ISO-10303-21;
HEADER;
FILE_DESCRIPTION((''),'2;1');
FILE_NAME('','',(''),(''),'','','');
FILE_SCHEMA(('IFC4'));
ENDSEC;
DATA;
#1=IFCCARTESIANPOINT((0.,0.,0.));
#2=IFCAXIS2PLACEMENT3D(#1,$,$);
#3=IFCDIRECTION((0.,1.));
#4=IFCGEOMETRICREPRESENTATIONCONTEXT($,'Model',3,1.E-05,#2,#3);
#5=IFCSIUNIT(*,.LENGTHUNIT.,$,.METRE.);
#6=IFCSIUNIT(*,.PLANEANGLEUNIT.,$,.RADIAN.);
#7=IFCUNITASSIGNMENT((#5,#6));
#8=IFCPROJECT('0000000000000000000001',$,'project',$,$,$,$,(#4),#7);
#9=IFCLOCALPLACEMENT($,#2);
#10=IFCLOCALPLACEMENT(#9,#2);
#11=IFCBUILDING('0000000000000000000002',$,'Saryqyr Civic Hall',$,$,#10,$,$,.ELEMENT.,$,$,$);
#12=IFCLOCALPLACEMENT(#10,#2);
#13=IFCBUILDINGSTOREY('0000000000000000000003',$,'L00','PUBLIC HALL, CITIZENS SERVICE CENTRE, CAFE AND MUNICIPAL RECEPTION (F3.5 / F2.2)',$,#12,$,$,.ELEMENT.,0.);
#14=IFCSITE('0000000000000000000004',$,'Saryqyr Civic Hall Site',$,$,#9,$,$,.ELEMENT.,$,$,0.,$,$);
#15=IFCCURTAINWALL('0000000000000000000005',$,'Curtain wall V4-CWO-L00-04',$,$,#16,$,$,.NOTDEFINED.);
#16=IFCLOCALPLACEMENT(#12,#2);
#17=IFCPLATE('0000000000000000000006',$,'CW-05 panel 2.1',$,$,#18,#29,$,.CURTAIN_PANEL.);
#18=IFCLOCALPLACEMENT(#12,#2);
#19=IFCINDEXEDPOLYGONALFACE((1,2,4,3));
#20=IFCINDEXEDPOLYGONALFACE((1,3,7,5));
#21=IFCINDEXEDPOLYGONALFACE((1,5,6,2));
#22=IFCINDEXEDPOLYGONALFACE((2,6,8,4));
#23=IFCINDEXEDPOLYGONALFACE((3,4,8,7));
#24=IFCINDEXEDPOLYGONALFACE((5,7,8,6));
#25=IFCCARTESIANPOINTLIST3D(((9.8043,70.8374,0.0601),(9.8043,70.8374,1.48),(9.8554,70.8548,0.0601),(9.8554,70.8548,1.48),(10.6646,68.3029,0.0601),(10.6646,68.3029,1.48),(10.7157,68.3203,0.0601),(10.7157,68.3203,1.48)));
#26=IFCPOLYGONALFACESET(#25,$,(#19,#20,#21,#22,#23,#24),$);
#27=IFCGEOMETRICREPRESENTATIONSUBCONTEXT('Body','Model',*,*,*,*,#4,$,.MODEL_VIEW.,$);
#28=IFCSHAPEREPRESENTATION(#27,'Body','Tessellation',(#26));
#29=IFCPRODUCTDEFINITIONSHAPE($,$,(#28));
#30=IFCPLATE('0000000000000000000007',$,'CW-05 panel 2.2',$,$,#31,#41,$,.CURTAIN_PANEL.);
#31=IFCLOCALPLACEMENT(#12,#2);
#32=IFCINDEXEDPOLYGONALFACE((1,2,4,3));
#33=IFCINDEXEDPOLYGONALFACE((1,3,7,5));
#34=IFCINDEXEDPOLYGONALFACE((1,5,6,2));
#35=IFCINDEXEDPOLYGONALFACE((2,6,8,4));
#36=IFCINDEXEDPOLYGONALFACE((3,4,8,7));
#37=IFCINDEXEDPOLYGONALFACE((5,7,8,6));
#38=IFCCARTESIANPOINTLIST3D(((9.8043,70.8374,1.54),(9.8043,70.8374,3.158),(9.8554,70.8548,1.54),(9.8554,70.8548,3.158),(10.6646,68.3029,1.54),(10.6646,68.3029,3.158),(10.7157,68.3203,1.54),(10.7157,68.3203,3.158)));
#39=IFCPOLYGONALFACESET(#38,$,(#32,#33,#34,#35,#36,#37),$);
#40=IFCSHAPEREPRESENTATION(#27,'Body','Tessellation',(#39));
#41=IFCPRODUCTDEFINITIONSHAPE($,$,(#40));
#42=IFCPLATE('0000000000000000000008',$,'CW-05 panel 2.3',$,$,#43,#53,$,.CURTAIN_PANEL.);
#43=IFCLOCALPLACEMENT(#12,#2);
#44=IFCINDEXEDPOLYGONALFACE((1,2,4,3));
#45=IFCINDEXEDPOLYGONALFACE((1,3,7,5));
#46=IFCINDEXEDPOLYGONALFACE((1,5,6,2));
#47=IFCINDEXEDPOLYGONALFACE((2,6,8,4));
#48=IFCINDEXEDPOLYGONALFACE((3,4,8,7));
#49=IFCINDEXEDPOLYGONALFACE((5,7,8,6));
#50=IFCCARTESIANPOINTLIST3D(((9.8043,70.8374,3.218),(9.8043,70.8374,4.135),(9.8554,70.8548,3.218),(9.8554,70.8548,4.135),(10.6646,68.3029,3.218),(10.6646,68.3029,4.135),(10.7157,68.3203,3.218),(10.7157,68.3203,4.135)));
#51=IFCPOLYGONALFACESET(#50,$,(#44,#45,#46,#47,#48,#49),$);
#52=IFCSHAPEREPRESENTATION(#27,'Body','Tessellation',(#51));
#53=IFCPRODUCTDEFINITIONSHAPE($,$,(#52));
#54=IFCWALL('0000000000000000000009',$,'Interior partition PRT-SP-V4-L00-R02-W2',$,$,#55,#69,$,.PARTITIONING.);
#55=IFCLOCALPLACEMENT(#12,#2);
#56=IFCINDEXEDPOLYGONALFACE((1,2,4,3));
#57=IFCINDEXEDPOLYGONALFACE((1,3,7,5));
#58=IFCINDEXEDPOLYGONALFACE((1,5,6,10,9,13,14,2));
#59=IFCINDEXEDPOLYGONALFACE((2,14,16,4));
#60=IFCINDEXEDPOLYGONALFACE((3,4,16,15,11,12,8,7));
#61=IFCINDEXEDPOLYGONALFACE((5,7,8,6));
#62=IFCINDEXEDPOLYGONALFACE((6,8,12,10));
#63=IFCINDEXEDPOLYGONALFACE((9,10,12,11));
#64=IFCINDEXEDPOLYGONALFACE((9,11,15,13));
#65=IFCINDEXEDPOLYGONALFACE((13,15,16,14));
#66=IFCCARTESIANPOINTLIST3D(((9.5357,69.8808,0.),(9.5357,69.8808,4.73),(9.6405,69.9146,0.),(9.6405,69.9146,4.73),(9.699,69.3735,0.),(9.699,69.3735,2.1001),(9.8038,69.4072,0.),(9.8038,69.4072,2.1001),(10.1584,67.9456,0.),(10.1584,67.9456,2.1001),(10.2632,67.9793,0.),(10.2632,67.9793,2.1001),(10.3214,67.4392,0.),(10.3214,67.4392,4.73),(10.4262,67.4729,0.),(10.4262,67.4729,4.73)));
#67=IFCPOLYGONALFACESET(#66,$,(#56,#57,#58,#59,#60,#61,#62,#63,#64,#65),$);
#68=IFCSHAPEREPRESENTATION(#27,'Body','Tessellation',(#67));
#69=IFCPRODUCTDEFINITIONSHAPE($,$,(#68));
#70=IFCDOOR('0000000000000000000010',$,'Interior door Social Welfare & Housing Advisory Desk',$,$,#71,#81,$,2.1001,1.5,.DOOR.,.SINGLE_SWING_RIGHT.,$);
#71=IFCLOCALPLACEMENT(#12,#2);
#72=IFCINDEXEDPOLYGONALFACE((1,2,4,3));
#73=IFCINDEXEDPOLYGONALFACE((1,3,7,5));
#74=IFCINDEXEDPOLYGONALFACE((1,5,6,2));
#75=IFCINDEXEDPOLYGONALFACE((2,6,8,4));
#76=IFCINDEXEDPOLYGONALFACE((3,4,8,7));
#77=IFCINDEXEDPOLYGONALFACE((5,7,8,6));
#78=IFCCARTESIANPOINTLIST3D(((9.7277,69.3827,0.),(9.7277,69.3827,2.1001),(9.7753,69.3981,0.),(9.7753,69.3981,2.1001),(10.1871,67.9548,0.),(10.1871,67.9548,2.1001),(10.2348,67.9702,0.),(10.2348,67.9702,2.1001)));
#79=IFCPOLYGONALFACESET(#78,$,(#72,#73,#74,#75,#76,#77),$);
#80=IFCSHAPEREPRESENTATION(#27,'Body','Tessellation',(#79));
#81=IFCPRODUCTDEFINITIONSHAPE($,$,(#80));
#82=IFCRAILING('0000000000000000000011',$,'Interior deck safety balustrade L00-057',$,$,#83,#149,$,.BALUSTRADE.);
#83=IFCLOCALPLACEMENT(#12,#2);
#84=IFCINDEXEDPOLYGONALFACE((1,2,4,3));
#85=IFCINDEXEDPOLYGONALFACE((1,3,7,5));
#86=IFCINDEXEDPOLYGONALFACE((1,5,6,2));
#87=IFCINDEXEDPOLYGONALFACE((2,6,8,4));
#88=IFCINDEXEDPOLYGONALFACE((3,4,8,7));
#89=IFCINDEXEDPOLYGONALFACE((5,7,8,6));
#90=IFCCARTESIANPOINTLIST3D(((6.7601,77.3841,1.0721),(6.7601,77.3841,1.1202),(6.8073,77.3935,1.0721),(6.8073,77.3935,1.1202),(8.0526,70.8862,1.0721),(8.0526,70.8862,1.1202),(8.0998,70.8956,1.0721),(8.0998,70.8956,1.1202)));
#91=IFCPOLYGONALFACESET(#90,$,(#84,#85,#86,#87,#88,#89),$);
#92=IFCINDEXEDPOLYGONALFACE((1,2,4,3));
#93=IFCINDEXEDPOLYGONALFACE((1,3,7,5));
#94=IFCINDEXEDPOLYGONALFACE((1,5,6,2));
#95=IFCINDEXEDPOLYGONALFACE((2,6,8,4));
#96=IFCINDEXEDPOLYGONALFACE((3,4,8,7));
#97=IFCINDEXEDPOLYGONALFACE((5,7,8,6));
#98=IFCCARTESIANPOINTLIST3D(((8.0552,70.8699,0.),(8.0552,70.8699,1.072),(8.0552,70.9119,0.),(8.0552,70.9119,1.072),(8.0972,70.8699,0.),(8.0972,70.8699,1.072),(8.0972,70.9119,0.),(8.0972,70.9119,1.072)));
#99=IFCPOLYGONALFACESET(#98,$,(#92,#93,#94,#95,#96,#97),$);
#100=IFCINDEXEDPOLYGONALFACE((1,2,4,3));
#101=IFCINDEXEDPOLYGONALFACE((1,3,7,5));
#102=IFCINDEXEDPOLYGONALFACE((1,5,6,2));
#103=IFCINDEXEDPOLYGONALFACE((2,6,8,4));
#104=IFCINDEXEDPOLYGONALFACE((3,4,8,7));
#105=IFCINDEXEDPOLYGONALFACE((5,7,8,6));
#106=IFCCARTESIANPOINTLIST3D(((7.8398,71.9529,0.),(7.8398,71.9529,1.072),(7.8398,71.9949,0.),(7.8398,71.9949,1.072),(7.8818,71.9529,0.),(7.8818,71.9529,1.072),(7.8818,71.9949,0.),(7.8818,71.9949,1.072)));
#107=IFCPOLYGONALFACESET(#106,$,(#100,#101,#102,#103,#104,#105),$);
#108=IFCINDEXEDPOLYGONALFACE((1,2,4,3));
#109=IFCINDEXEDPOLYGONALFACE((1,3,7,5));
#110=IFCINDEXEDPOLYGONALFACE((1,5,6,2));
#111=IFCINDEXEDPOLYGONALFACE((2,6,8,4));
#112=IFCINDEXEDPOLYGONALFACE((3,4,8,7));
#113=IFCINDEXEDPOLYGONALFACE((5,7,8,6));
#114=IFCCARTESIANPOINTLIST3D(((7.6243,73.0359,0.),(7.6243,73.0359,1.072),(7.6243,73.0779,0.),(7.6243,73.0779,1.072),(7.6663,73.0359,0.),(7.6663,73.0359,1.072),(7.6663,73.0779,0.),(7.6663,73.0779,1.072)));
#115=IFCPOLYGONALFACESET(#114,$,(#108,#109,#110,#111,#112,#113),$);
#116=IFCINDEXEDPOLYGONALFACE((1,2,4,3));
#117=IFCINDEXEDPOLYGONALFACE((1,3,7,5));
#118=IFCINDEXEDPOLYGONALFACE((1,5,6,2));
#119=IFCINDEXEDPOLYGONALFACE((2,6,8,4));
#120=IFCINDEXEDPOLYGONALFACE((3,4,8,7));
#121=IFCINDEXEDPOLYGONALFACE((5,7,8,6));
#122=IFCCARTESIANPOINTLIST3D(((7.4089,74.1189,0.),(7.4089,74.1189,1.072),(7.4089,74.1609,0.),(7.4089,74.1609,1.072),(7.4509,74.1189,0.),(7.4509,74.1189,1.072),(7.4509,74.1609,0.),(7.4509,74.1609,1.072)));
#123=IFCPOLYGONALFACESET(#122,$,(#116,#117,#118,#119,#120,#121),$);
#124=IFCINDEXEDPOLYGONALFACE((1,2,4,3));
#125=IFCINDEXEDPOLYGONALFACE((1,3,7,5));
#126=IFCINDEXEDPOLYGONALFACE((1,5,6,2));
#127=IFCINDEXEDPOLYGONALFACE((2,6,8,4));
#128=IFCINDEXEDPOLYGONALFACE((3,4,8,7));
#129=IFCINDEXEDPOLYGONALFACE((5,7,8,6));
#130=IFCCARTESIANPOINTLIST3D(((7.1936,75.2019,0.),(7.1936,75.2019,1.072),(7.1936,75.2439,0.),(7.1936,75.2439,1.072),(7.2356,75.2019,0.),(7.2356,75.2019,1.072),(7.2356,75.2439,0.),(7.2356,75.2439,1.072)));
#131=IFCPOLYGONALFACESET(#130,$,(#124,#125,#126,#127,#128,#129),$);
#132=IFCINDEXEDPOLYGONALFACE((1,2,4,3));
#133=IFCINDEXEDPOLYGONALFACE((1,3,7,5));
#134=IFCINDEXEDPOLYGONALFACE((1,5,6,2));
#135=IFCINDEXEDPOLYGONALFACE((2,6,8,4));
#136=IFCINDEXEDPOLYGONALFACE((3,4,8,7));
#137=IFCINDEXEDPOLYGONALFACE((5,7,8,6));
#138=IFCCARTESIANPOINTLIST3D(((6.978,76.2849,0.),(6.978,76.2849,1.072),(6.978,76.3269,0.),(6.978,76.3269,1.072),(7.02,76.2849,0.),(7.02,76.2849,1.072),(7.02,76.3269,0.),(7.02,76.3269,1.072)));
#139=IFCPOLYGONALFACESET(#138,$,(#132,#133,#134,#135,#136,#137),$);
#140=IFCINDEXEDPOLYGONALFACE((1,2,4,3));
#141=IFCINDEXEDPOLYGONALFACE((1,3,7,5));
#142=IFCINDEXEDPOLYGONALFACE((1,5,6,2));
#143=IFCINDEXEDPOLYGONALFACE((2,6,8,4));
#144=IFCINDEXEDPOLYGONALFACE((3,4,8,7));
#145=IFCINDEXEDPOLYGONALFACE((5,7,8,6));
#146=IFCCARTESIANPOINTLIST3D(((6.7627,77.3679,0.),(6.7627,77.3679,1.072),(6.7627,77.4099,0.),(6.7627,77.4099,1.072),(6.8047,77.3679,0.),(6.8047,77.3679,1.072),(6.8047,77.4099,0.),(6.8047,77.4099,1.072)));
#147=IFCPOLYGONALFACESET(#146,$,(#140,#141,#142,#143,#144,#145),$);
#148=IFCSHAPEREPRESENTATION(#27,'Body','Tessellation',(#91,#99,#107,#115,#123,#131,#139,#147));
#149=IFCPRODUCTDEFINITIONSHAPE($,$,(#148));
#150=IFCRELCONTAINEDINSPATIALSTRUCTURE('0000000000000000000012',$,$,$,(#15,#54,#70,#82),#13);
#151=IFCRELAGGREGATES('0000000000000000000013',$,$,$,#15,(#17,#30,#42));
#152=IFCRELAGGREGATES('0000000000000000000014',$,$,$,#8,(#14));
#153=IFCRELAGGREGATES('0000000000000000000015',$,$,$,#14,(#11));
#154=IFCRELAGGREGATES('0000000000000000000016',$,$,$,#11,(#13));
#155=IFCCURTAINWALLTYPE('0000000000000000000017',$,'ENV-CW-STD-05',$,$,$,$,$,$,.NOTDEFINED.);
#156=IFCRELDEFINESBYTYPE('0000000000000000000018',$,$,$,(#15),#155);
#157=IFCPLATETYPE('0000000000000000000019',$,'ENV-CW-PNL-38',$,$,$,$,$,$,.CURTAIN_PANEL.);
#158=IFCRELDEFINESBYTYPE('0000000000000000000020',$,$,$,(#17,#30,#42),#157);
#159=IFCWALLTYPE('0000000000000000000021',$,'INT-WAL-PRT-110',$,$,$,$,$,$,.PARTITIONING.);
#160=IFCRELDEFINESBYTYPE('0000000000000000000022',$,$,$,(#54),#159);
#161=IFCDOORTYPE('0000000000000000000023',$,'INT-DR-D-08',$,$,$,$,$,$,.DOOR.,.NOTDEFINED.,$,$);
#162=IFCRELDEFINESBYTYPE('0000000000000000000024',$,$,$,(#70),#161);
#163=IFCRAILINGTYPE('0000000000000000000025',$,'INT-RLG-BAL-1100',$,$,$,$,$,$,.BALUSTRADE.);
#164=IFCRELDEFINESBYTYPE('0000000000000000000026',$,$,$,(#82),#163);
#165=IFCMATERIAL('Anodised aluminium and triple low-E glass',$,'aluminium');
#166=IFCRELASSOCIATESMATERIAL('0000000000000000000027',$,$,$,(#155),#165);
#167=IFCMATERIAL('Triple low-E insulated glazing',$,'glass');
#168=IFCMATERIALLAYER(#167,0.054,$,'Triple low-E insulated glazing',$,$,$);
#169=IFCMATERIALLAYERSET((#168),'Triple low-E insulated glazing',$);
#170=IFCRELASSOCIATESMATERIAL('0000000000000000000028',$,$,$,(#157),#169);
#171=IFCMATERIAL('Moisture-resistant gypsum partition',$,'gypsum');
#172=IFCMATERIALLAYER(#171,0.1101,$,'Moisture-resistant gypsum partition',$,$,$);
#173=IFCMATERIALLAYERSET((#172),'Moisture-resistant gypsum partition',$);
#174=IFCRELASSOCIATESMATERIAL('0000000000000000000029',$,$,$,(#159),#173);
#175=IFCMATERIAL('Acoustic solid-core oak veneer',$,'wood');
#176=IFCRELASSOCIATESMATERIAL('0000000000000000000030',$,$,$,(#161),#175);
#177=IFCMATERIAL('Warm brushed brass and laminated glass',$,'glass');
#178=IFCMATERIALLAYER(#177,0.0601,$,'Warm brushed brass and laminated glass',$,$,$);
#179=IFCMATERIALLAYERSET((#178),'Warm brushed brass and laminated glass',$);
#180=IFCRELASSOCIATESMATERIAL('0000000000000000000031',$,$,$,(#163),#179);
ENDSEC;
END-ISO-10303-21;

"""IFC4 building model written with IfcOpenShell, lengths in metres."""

from ifc_helpers import new_model, si_unit, direction, frame, frame_2d, origin, origin_2d, place, context, subcontext, project, spatial, rectangle, extrude, material, layer, layer_set, type_object, element, fill, aggregate, save


model = new_model("IFC4")

# Units and contexts
model_context = context("Model", 3, precision=1e-05, world=origin(), true_north=direction((0.0, 1.0)))
body_context = subcontext(model_context, "Body", "Model", "MODEL_VIEW")
ifc_project = project(units=[si_unit("LENGTHUNIT", "METRE"), si_unit("PLANEANGLEUNIT", "RADIAN")], contexts=[model_context])

# Site, building, storey
site_placement = place(None, origin())
site = spatial("IfcSite", under=ifc_project, at=site_placement, Name="Saryqyr Civic Hall Site", CompositionType="ELEMENT", RefElevation=0.0)
building_placement = place(site_placement, origin())
building = spatial("IfcBuilding", under=site, at=building_placement, Name="Saryqyr Civic Hall", CompositionType="ELEMENT")
storey_placement = place(building_placement, origin())
storey = spatial("IfcBuildingStorey", under=building, at=storey_placement, Name="L00", Description="PUBLIC HALL, CITIZENS SERVICE CENTRE, CAFE AND MUNICIPAL RECEPTION (F3.5 / F2.2)", CompositionType="ELEMENT", Elevation=0.0)

# Curtain wall
ifc_material_1 = material(Name="Anodised aluminium and triple low-E glass", Category="aluminium")
curtain_wall_type = type_object("IfcCurtainWallType", Name="ENV-CW-STD-05", PredefinedType="NOTDEFINED", material=ifc_material_1)
curtain_wall_placement = place(storey_placement, origin())
curtain_wall = element("IfcCurtainWall", 1, at=curtain_wall_placement, inside=storey, type_object=curtain_wall_type, Name="Curtain wall V4-CWO-L00-04", PredefinedType="NOTDEFINED")

# Plates
ifc_material_2 = material(Name="Triple low-E insulated glazing", Category="glass")
ifc_layer_1 = layer(ifc_material_2, 0.054, Name="Triple low-E insulated glazing")
ifc_layer_set_1 = layer_set([ifc_layer_1], Name="Triple low-E insulated glazing")
plate_type = type_object("IfcPlateType", Name="ENV-CW-PNL-38", PredefinedType="CURTAIN_PANEL", material=ifc_layer_set_1)
plate_1_placement = place(storey_placement, frame((10.26, 69.5789, 0.0601), z_axis=(0.0, 0.0, 1.0), x_axis=(-0.321434, 0.946932, 0.0)))
plate_1 = element("IfcPlate", 2, at=plate_1_placement, type_object=plate_type, Name="CW-05 panel 2.1", PredefinedType="CURTAIN_PANEL", context=body_context, shape_type="SweptSolid", body=[
    extrude(rectangle(XDim=2.6765, YDim=0.054, at=origin_2d()), origin(), (0.0, 0.0, 1.0), 1.4199),
])
plate_2_placement = place(storey_placement, frame((10.26, 69.5789, 1.54), z_axis=(0.0, 0.0, 1.0), x_axis=(-0.321434, 0.946932, 0.0)))
plate_2 = element("IfcPlate", 3, at=plate_2_placement, type_object=plate_type, Name="CW-05 panel 2.2", PredefinedType="CURTAIN_PANEL", context=body_context, shape_type="SweptSolid", body=[
    extrude(rectangle(XDim=2.6765, YDim=0.054, at=origin_2d()), origin(), (0.0, 0.0, 1.0), 1.6179),
])
plate_3_placement = place(storey_placement, frame((10.26, 69.5789, 3.218), z_axis=(0.0, 0.0, 1.0), x_axis=(-0.321434, 0.946932, 0.0)))
plate_3 = element("IfcPlate", 4, at=plate_3_placement, type_object=plate_type, Name="CW-05 panel 2.3", PredefinedType="CURTAIN_PANEL", context=body_context, shape_type="SweptSolid", body=[
    extrude(rectangle(XDim=2.6765, YDim=0.054, at=origin_2d()), origin(), (0.0, 0.0, 1.0), 0.917),
])
aggregate(curtain_wall, [plate_1, plate_2, plate_3])

# Wall, opening, door
ifc_material_3 = material(Name="Moisture-resistant gypsum partition", Category="gypsum")
ifc_layer_2 = layer(ifc_material_3, 0.1101, Name="Moisture-resistant gypsum partition")
ifc_layer_set_2 = layer_set([ifc_layer_2], Name="Moisture-resistant gypsum partition")
wall_type = type_object("IfcWallType", Name="INT-WAL-PRT-110", PredefinedType="PARTITIONING", material=ifc_layer_set_2)
wall_placement = place(storey_placement, frame((10.3738, 67.4561, 0.0), z_axis=(0.0, 0.0, 1.0), x_axis=(-0.306302, 0.951934, 0.0)))
wall = element("IfcWall", 5, at=wall_placement, inside=storey, type_object=wall_type, Name="Interior partition PRT-SP-V4-L00-R02-W2", PredefinedType="PARTITIONING", context=body_context, shape_type="SweptSolid", body=[
    extrude(rectangle(XDim=2.5649, YDim=0.1101, at=frame_2d((1.2825, 0.0))), origin(), (0.0, 0.0, 1.0), 4.73),
])
opening_placement = place(wall_placement, frame((0.532, 0.0, 0.0)))
opening = element("IfcOpeningElement", 6, at=opening_placement, cuts=wall, PredefinedType="OPENING", context=body_context, shape_type="SweptSolid", body=[
    extrude(rectangle(XDim=1.5, YDim=2.1001, at=frame_2d((0.75, 1.05))), frame((0.0, 0.0649, 0.0), z_axis=(0.0, -1.0, 0.0), x_axis=(1.0, 0.0, 0.0)), (0.0, 0.0, 1.0), 0.1301),
])
ifc_material_4 = material(Name="Acoustic solid-core oak veneer", Category="wood")
door_type = type_object("IfcDoorType", Name="INT-DR-D-08", OperationType="NOTDEFINED", PredefinedType="DOOR", material=ifc_material_4)
door_placement = place(opening_placement, origin())
door = element("IfcDoor", 7, at=door_placement, inside=storey, type_object=door_type, Name="Interior door Social Welfare & Housing Advisory Desk", OperationType="SINGLE_SWING_RIGHT", OverallHeight=2.1001, OverallWidth=1.5, PredefinedType="DOOR", context=body_context, shape_type="SweptSolid", body=[
    extrude(rectangle(XDim=1.5, YDim=2.1001, at=frame_2d((0.75, 1.05))), frame((0.0, 0.0249, 0.0), z_axis=(0.0, -1.0, 0.0), x_axis=(1.0, 0.0, 0.0)), (0.0, 0.0, 1.0), 0.05),
])
fill(opening, door)

# Railing
ifc_material_5 = material(Name="Warm brushed brass and laminated glass", Category="glass")
ifc_layer_3 = layer(ifc_material_5, 0.0601, Name="Warm brushed brass and laminated glass")
ifc_layer_set_3 = layer_set([ifc_layer_3], Name="Warm brushed brass and laminated glass")
railing_type = type_object("IfcRailingType", Name="INT-RLG-BAL-1100", PredefinedType="BALUSTRADE", material=ifc_layer_set_3)
railing_placement = place(storey_placement, frame((8.0762, 70.8909, 0.0)))
element("IfcRailing", 8, at=railing_placement, inside=storey, type_object=railing_type, Name="Interior deck safety balustrade L00-057", PredefinedType="BALUSTRADE", context=body_context, shape_type="SweptSolid", body=[
    extrude(rectangle(XDim=0.0481, YDim=0.0481, at=origin_2d()), frame((0.0, 0.0, 1.0962), z_axis=(-0.195081, 0.980787, 0.0), x_axis=(-0.980787, -0.195081, 0.0)), (0.0, 0.0, 1.0), 6.6252),
    extrude(rectangle(XDim=0.042, YDim=0.042, at=origin_2d()), origin(), (0.0, 0.0, 1.0), 1.072),
    extrude(rectangle(XDim=0.042, YDim=0.042, at=origin_2d()), frame((-0.2153, 1.083, 0.0)), (0.0, 0.0, 1.0), 1.072),
    extrude(rectangle(XDim=0.042, YDim=0.042, at=origin_2d()), frame((-0.4309, 2.166, 0.0)), (0.0, 0.0, 1.0), 1.072),
    extrude(rectangle(XDim=0.042, YDim=0.042, at=origin_2d()), frame((-0.6462, 3.249, 0.0)), (0.0, 0.0, 1.0), 1.072),
    extrude(rectangle(XDim=0.042, YDim=0.042, at=origin_2d()), frame((-0.8616, 4.332, 0.0)), (0.0, 0.0, 1.0), 1.072),
    extrude(rectangle(XDim=0.042, YDim=0.042, at=origin_2d()), frame((-1.0771, 5.415, 0.0)), (0.0, 0.0, 1.0), 1.072),
    extrude(rectangle(XDim=0.042, YDim=0.042, at=origin_2d()), frame((-1.2925, 6.498, 0.0)), (0.0, 0.0, 1.0), 1.072),
])

save(model, "model.ifc")
